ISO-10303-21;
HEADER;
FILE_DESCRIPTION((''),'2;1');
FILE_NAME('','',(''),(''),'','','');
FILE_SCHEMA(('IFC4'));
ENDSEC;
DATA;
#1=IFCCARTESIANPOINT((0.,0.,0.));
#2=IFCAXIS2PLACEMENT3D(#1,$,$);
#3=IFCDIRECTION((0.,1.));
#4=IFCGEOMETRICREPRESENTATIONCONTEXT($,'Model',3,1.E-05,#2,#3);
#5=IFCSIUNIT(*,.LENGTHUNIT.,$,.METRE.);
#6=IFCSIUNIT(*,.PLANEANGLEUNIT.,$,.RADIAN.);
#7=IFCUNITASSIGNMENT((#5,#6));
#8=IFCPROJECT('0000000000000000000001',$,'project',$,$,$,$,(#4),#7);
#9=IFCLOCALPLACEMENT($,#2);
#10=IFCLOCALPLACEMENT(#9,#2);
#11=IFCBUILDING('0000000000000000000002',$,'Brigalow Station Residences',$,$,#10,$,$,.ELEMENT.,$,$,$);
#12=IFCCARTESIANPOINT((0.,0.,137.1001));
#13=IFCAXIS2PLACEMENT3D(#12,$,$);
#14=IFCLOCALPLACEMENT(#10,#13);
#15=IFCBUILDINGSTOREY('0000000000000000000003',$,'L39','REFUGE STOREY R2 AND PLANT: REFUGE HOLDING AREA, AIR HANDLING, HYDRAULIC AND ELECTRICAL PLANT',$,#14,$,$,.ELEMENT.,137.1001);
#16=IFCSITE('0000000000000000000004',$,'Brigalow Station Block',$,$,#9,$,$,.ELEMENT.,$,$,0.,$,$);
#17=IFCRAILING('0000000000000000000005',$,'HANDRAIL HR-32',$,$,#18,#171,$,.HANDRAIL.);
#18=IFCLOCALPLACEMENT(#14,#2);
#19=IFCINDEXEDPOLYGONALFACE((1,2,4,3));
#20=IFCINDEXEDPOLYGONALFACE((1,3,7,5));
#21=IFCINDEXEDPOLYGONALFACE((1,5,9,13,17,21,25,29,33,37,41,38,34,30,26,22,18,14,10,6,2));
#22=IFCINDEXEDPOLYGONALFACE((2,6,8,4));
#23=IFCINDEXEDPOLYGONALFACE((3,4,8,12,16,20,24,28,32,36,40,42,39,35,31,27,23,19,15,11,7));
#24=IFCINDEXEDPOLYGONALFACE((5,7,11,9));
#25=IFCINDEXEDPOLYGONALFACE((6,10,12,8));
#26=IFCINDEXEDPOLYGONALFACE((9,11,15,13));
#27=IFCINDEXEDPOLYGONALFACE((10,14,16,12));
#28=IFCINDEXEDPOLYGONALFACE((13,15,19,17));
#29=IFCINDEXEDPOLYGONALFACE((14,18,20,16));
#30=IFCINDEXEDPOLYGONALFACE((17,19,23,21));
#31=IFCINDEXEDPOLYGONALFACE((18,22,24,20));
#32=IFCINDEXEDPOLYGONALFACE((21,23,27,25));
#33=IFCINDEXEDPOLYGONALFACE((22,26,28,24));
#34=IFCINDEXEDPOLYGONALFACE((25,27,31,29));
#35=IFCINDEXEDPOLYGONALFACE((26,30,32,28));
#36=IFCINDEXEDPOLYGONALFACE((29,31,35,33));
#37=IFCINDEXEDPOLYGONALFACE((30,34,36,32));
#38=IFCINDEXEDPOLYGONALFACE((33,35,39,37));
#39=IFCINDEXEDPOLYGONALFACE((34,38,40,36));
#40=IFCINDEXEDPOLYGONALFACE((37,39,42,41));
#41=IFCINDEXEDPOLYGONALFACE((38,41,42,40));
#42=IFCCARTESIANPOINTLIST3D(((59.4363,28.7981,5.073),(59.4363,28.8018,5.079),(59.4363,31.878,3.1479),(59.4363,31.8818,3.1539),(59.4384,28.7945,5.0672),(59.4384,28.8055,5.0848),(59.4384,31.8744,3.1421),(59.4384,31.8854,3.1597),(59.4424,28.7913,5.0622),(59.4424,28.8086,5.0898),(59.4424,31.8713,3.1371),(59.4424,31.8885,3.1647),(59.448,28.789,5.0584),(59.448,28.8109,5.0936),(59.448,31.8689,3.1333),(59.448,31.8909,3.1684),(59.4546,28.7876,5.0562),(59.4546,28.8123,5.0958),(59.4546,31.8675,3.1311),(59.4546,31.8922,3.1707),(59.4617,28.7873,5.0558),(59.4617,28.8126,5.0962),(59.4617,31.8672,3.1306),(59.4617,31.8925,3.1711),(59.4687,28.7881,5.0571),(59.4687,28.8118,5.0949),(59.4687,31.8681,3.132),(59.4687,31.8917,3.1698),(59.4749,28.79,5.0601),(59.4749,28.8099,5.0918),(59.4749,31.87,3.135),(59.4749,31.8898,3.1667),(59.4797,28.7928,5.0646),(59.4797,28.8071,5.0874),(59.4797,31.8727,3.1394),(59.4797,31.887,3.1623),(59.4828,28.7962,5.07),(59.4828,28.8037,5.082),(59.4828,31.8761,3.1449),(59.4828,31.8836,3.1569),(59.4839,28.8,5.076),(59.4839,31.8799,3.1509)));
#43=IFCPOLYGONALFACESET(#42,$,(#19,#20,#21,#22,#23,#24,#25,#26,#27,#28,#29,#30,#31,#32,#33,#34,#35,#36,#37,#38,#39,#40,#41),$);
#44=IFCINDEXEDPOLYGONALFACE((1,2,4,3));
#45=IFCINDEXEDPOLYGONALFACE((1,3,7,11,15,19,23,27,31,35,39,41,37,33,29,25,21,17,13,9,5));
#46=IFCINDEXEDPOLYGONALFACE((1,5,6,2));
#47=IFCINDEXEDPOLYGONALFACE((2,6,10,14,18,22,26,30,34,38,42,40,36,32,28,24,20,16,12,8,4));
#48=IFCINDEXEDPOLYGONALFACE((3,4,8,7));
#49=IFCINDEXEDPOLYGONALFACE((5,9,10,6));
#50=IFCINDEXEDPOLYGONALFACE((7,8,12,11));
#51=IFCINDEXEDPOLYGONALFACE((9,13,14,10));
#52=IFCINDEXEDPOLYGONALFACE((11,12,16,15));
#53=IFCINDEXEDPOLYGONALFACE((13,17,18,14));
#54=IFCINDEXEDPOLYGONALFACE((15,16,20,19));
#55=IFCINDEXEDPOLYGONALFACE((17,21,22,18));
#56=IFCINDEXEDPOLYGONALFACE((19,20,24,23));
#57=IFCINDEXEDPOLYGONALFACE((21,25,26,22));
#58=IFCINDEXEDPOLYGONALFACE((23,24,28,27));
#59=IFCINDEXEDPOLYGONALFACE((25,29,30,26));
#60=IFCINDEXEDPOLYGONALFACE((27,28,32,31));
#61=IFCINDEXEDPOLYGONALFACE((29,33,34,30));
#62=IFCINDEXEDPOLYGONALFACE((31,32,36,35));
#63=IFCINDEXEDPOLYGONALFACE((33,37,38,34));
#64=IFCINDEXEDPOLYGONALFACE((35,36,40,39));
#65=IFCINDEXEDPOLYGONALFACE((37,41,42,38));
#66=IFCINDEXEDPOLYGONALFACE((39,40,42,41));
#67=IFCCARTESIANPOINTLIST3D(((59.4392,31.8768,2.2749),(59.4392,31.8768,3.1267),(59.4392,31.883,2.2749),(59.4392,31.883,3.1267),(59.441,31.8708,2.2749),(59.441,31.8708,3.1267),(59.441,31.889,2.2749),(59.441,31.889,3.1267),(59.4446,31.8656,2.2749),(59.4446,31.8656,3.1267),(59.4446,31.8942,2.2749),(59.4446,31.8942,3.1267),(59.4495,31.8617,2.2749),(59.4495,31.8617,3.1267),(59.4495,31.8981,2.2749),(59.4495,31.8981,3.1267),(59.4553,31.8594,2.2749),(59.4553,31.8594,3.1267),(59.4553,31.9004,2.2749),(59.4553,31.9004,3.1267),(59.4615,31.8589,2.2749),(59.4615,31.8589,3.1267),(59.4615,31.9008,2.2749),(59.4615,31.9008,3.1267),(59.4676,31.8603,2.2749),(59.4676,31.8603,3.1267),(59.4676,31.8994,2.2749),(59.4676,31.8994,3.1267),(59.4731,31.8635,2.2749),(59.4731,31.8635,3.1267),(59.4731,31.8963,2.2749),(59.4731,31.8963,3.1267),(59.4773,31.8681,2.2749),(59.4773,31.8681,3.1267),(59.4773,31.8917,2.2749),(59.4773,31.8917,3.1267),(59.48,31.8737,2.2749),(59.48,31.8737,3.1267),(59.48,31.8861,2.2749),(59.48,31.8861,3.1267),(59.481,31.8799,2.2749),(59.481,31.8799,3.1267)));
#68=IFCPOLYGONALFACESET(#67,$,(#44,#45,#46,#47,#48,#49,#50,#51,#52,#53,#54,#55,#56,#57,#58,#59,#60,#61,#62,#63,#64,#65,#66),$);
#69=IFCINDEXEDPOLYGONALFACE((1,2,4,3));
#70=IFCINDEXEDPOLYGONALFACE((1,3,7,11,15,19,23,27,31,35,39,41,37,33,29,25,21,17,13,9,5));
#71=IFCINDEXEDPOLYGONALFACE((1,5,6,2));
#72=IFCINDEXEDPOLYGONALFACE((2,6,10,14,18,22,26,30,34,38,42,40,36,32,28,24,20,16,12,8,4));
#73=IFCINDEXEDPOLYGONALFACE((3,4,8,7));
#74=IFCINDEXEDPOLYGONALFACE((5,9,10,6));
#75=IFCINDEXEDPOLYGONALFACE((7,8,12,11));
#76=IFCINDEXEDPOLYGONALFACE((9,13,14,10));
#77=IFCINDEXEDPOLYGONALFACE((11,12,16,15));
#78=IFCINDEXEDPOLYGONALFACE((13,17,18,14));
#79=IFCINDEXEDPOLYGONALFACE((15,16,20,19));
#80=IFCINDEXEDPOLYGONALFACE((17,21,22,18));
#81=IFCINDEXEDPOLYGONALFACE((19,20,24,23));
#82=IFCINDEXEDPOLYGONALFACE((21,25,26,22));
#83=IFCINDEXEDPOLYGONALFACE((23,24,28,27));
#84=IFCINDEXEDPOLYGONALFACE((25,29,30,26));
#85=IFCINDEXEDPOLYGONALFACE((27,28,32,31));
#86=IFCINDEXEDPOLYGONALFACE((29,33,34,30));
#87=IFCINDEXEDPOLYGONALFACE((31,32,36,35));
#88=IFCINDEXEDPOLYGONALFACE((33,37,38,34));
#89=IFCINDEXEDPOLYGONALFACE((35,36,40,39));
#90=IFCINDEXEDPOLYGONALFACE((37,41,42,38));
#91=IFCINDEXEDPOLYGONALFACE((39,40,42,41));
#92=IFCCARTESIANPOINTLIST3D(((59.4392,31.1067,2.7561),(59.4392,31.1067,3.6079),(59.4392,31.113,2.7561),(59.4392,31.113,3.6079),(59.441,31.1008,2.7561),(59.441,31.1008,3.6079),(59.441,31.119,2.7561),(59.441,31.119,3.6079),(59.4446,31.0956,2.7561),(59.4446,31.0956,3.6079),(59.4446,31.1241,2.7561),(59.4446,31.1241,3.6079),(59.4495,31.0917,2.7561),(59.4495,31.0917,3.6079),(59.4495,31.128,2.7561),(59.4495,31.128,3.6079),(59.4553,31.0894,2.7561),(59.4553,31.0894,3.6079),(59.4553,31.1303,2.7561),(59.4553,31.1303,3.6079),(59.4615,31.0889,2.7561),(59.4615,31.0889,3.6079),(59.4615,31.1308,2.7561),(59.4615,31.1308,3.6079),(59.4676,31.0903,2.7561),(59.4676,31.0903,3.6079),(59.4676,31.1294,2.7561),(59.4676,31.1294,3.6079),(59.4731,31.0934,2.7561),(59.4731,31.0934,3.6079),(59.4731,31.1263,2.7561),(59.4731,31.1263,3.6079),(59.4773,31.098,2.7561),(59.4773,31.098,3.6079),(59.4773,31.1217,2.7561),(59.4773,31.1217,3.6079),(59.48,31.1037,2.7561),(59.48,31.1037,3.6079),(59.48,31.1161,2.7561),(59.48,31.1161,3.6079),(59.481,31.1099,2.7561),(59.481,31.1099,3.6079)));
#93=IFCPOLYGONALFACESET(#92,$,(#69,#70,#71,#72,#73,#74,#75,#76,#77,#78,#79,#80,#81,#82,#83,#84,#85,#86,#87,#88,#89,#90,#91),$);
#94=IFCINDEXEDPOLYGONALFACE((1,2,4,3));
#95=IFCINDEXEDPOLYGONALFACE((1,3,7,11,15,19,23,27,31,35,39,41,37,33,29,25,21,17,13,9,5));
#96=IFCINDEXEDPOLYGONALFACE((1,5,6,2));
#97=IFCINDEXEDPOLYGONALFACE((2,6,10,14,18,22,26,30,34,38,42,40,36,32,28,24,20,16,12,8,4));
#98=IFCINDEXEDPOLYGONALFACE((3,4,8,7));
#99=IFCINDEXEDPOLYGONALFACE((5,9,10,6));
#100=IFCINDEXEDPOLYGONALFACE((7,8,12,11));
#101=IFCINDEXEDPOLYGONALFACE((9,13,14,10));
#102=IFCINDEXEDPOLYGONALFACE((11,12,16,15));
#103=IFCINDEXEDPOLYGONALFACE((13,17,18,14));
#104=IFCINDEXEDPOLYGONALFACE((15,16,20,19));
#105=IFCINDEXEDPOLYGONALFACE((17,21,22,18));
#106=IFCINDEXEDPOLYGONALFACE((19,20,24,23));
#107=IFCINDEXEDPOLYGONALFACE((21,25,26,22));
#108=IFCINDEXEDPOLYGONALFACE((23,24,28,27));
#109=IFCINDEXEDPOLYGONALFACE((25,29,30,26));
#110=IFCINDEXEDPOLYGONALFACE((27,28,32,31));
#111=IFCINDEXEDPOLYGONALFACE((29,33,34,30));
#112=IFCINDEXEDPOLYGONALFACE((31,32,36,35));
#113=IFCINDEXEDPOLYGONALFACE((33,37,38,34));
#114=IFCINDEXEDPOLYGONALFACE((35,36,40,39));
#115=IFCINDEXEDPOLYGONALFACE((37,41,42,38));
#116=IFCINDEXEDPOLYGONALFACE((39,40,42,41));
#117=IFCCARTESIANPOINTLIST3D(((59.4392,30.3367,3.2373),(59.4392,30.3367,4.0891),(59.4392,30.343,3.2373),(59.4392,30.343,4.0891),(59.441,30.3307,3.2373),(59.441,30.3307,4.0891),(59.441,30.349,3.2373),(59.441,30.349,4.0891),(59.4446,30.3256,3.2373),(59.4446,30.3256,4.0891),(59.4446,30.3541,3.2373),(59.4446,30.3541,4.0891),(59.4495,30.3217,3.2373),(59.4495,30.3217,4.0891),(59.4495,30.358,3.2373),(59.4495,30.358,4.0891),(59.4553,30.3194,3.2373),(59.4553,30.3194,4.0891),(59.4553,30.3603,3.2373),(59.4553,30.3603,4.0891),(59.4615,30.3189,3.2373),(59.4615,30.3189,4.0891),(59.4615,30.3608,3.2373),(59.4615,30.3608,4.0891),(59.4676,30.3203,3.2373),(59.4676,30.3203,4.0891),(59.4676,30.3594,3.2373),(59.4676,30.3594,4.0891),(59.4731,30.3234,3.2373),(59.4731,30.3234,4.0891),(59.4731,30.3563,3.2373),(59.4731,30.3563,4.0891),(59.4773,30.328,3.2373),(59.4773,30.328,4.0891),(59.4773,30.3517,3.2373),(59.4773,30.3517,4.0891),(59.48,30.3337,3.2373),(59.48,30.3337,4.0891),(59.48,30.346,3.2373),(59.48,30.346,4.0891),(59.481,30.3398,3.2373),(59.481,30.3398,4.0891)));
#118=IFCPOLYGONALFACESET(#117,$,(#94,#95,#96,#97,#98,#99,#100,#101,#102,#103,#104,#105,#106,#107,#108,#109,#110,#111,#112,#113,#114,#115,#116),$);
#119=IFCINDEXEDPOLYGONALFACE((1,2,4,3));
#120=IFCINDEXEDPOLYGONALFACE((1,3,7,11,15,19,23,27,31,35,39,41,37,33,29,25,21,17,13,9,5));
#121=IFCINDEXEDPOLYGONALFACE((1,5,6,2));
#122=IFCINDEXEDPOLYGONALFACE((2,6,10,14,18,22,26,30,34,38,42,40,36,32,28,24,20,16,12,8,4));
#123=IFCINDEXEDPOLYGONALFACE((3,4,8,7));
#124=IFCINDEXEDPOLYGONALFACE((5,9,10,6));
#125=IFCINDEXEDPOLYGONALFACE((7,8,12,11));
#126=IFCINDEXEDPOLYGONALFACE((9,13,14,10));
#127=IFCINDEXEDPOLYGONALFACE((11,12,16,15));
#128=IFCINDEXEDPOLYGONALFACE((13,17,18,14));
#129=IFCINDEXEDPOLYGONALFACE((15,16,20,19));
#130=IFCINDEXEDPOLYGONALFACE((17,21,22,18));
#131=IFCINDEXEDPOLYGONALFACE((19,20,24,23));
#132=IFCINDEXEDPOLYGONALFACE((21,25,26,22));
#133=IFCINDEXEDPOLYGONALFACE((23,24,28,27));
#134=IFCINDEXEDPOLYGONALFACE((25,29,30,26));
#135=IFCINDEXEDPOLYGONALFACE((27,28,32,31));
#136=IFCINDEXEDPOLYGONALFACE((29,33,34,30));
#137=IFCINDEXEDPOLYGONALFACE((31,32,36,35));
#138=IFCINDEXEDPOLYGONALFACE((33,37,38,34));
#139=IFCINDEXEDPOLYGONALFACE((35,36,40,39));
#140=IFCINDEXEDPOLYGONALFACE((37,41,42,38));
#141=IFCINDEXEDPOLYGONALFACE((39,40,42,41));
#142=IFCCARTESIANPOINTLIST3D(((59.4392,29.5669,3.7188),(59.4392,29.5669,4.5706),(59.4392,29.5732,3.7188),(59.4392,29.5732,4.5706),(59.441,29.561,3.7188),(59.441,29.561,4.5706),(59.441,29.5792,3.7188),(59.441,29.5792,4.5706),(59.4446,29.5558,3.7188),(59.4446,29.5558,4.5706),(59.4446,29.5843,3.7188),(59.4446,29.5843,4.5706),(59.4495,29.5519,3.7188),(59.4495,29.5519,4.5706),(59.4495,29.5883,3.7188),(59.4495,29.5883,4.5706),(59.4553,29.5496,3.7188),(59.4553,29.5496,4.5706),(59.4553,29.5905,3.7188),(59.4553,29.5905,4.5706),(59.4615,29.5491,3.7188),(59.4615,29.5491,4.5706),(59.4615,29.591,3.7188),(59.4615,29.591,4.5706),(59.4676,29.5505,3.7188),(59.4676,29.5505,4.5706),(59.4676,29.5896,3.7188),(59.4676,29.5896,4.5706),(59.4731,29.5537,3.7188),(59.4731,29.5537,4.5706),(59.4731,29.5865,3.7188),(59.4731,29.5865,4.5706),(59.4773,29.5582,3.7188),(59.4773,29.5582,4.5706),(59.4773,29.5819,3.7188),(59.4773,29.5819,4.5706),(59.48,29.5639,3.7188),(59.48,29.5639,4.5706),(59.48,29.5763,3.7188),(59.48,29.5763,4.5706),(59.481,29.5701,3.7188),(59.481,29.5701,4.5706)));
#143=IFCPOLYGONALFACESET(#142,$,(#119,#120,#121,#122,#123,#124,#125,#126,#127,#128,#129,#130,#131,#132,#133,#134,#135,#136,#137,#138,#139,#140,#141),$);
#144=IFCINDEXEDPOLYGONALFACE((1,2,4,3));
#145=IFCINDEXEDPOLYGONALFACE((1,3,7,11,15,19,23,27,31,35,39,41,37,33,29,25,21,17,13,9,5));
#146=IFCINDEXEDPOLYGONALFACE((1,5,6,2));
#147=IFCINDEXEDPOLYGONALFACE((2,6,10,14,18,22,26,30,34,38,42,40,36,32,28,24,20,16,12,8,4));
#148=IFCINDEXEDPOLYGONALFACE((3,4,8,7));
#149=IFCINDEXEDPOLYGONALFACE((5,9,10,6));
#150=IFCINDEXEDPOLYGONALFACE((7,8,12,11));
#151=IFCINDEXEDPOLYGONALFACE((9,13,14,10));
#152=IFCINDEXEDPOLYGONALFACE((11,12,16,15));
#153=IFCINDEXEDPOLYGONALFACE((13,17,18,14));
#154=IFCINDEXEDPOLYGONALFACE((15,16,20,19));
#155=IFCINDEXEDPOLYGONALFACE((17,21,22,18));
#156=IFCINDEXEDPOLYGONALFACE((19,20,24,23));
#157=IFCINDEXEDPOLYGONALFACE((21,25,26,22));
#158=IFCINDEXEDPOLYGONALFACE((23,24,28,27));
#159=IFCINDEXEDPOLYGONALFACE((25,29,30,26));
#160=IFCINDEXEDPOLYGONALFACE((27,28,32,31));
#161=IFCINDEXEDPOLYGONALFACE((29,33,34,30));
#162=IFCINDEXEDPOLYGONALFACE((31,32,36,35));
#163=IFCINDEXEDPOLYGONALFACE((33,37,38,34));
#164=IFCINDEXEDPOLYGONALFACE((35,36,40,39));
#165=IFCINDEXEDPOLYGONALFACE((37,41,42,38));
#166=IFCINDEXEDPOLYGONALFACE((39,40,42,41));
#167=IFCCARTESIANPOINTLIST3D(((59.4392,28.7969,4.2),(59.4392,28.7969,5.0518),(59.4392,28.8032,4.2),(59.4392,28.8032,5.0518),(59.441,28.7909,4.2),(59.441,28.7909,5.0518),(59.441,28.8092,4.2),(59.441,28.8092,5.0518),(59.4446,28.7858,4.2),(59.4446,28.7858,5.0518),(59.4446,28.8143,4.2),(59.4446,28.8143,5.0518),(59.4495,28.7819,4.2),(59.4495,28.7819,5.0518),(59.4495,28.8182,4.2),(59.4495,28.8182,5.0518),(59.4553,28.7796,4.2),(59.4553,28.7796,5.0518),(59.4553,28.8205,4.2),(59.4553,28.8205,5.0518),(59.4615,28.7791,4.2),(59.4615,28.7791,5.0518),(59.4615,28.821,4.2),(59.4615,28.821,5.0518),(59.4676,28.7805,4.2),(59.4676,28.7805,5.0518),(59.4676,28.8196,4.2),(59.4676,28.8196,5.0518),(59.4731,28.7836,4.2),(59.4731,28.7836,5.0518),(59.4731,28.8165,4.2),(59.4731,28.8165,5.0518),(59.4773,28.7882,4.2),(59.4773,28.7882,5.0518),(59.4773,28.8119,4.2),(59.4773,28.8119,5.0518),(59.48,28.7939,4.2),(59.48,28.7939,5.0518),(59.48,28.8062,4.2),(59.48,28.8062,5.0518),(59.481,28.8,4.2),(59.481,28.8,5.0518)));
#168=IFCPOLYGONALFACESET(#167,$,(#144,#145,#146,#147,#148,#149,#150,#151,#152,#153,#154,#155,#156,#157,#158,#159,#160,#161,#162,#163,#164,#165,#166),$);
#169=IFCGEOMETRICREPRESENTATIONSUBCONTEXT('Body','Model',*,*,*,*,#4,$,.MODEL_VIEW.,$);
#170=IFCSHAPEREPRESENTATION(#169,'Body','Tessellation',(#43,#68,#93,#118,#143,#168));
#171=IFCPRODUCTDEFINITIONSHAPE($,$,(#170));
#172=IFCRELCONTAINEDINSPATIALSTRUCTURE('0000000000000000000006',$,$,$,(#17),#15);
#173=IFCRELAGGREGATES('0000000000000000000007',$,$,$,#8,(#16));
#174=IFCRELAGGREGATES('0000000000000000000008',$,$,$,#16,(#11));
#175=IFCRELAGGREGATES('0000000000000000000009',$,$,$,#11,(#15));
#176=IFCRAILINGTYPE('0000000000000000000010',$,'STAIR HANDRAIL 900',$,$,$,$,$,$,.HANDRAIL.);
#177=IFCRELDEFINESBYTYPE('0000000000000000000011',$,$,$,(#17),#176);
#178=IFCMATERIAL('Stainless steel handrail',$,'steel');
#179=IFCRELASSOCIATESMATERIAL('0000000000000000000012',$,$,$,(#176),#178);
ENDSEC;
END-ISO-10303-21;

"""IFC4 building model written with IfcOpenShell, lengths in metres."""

from ifc_helpers import new_model, si_unit, direction, frame, origin, origin_2d, place, context, subcontext, project, spatial, circle, extrude, material, type_object, element, save


model = new_model("IFC4")

# Units and contexts
model_context = context("Model", 3, precision=1e-05, world=origin(), true_north=direction((0.0, 1.0)))
body_context = subcontext(model_context, "Body", "Model", "MODEL_VIEW")
ifc_project = project(units=[si_unit("LENGTHUNIT", "METRE"), si_unit("PLANEANGLEUNIT", "RADIAN")], contexts=[model_context])

# Site, building, storey
site_placement = place(None, origin())
site = spatial("IfcSite", under=ifc_project, at=site_placement, Name="Brigalow Station Block", CompositionType="ELEMENT", RefElevation=0.0)
building_placement = place(site_placement, origin())
building = spatial("IfcBuilding", under=site, at=building_placement, Name="Brigalow Station Residences", CompositionType="ELEMENT")
storey_placement = place(building_placement, frame((0.0, 0.0, 137.1001)))
storey = spatial("IfcBuildingStorey", under=building, at=storey_placement, Name="L39", Description="REFUGE STOREY R2 AND PLANT: REFUGE HOLDING AREA, AIR HANDLING, HYDRAULIC AND ELECTRICAL PLANT", CompositionType="ELEMENT", Elevation=137.1001)

# Railing
ifc_material_1 = material(Name="Stainless steel handrail", Category="steel")
railing_type_1 = type_object("IfcRailingType", Name="STAIR HANDRAIL 900", PredefinedType="HANDRAIL", material=ifc_material_1)
railing_1_placement = place(storey_placement, frame((59.46, 31.8799, 2.2749)))
element("IfcRailing", 1, at=railing_1_placement, inside=storey, type_object=railing_type_1, Name="HANDRAIL HR-32", PredefinedType="HANDRAIL", context=body_context, shape_type="SweptSolid", body=[
    extrude(circle(Radius=0.0239, at=origin_2d()), frame((0.0, 0.0, 0.876), z_axis=(0.0, -0.847979, 0.530029), x_axis=(1.0, 0.0, 0.0)), (0.0, 0.0, 1.0), 3.6321),
    extrude(circle(Radius=0.021, at=origin_2d()), origin(), (0.0, 0.0, 1.0), 0.8518),
    extrude(circle(Radius=0.021, at=origin_2d()), frame((0.0, -0.77, 0.4812)), (0.0, 0.0, 1.0), 0.8518),
    extrude(circle(Radius=0.021, at=origin_2d()), frame((0.0, -1.54, 0.9624)), (0.0, 0.0, 1.0), 0.8518),
    extrude(circle(Radius=0.021, at=origin_2d()), frame((0.0, -2.3098, 1.4438)), (0.0, 0.0, 1.0), 0.8518),
    extrude(circle(Radius=0.021, at=origin_2d()), frame((0.0, -3.0798, 1.925)), (0.0, 0.0, 1.0), 0.8518),
])

save(model, "model.ifc")
